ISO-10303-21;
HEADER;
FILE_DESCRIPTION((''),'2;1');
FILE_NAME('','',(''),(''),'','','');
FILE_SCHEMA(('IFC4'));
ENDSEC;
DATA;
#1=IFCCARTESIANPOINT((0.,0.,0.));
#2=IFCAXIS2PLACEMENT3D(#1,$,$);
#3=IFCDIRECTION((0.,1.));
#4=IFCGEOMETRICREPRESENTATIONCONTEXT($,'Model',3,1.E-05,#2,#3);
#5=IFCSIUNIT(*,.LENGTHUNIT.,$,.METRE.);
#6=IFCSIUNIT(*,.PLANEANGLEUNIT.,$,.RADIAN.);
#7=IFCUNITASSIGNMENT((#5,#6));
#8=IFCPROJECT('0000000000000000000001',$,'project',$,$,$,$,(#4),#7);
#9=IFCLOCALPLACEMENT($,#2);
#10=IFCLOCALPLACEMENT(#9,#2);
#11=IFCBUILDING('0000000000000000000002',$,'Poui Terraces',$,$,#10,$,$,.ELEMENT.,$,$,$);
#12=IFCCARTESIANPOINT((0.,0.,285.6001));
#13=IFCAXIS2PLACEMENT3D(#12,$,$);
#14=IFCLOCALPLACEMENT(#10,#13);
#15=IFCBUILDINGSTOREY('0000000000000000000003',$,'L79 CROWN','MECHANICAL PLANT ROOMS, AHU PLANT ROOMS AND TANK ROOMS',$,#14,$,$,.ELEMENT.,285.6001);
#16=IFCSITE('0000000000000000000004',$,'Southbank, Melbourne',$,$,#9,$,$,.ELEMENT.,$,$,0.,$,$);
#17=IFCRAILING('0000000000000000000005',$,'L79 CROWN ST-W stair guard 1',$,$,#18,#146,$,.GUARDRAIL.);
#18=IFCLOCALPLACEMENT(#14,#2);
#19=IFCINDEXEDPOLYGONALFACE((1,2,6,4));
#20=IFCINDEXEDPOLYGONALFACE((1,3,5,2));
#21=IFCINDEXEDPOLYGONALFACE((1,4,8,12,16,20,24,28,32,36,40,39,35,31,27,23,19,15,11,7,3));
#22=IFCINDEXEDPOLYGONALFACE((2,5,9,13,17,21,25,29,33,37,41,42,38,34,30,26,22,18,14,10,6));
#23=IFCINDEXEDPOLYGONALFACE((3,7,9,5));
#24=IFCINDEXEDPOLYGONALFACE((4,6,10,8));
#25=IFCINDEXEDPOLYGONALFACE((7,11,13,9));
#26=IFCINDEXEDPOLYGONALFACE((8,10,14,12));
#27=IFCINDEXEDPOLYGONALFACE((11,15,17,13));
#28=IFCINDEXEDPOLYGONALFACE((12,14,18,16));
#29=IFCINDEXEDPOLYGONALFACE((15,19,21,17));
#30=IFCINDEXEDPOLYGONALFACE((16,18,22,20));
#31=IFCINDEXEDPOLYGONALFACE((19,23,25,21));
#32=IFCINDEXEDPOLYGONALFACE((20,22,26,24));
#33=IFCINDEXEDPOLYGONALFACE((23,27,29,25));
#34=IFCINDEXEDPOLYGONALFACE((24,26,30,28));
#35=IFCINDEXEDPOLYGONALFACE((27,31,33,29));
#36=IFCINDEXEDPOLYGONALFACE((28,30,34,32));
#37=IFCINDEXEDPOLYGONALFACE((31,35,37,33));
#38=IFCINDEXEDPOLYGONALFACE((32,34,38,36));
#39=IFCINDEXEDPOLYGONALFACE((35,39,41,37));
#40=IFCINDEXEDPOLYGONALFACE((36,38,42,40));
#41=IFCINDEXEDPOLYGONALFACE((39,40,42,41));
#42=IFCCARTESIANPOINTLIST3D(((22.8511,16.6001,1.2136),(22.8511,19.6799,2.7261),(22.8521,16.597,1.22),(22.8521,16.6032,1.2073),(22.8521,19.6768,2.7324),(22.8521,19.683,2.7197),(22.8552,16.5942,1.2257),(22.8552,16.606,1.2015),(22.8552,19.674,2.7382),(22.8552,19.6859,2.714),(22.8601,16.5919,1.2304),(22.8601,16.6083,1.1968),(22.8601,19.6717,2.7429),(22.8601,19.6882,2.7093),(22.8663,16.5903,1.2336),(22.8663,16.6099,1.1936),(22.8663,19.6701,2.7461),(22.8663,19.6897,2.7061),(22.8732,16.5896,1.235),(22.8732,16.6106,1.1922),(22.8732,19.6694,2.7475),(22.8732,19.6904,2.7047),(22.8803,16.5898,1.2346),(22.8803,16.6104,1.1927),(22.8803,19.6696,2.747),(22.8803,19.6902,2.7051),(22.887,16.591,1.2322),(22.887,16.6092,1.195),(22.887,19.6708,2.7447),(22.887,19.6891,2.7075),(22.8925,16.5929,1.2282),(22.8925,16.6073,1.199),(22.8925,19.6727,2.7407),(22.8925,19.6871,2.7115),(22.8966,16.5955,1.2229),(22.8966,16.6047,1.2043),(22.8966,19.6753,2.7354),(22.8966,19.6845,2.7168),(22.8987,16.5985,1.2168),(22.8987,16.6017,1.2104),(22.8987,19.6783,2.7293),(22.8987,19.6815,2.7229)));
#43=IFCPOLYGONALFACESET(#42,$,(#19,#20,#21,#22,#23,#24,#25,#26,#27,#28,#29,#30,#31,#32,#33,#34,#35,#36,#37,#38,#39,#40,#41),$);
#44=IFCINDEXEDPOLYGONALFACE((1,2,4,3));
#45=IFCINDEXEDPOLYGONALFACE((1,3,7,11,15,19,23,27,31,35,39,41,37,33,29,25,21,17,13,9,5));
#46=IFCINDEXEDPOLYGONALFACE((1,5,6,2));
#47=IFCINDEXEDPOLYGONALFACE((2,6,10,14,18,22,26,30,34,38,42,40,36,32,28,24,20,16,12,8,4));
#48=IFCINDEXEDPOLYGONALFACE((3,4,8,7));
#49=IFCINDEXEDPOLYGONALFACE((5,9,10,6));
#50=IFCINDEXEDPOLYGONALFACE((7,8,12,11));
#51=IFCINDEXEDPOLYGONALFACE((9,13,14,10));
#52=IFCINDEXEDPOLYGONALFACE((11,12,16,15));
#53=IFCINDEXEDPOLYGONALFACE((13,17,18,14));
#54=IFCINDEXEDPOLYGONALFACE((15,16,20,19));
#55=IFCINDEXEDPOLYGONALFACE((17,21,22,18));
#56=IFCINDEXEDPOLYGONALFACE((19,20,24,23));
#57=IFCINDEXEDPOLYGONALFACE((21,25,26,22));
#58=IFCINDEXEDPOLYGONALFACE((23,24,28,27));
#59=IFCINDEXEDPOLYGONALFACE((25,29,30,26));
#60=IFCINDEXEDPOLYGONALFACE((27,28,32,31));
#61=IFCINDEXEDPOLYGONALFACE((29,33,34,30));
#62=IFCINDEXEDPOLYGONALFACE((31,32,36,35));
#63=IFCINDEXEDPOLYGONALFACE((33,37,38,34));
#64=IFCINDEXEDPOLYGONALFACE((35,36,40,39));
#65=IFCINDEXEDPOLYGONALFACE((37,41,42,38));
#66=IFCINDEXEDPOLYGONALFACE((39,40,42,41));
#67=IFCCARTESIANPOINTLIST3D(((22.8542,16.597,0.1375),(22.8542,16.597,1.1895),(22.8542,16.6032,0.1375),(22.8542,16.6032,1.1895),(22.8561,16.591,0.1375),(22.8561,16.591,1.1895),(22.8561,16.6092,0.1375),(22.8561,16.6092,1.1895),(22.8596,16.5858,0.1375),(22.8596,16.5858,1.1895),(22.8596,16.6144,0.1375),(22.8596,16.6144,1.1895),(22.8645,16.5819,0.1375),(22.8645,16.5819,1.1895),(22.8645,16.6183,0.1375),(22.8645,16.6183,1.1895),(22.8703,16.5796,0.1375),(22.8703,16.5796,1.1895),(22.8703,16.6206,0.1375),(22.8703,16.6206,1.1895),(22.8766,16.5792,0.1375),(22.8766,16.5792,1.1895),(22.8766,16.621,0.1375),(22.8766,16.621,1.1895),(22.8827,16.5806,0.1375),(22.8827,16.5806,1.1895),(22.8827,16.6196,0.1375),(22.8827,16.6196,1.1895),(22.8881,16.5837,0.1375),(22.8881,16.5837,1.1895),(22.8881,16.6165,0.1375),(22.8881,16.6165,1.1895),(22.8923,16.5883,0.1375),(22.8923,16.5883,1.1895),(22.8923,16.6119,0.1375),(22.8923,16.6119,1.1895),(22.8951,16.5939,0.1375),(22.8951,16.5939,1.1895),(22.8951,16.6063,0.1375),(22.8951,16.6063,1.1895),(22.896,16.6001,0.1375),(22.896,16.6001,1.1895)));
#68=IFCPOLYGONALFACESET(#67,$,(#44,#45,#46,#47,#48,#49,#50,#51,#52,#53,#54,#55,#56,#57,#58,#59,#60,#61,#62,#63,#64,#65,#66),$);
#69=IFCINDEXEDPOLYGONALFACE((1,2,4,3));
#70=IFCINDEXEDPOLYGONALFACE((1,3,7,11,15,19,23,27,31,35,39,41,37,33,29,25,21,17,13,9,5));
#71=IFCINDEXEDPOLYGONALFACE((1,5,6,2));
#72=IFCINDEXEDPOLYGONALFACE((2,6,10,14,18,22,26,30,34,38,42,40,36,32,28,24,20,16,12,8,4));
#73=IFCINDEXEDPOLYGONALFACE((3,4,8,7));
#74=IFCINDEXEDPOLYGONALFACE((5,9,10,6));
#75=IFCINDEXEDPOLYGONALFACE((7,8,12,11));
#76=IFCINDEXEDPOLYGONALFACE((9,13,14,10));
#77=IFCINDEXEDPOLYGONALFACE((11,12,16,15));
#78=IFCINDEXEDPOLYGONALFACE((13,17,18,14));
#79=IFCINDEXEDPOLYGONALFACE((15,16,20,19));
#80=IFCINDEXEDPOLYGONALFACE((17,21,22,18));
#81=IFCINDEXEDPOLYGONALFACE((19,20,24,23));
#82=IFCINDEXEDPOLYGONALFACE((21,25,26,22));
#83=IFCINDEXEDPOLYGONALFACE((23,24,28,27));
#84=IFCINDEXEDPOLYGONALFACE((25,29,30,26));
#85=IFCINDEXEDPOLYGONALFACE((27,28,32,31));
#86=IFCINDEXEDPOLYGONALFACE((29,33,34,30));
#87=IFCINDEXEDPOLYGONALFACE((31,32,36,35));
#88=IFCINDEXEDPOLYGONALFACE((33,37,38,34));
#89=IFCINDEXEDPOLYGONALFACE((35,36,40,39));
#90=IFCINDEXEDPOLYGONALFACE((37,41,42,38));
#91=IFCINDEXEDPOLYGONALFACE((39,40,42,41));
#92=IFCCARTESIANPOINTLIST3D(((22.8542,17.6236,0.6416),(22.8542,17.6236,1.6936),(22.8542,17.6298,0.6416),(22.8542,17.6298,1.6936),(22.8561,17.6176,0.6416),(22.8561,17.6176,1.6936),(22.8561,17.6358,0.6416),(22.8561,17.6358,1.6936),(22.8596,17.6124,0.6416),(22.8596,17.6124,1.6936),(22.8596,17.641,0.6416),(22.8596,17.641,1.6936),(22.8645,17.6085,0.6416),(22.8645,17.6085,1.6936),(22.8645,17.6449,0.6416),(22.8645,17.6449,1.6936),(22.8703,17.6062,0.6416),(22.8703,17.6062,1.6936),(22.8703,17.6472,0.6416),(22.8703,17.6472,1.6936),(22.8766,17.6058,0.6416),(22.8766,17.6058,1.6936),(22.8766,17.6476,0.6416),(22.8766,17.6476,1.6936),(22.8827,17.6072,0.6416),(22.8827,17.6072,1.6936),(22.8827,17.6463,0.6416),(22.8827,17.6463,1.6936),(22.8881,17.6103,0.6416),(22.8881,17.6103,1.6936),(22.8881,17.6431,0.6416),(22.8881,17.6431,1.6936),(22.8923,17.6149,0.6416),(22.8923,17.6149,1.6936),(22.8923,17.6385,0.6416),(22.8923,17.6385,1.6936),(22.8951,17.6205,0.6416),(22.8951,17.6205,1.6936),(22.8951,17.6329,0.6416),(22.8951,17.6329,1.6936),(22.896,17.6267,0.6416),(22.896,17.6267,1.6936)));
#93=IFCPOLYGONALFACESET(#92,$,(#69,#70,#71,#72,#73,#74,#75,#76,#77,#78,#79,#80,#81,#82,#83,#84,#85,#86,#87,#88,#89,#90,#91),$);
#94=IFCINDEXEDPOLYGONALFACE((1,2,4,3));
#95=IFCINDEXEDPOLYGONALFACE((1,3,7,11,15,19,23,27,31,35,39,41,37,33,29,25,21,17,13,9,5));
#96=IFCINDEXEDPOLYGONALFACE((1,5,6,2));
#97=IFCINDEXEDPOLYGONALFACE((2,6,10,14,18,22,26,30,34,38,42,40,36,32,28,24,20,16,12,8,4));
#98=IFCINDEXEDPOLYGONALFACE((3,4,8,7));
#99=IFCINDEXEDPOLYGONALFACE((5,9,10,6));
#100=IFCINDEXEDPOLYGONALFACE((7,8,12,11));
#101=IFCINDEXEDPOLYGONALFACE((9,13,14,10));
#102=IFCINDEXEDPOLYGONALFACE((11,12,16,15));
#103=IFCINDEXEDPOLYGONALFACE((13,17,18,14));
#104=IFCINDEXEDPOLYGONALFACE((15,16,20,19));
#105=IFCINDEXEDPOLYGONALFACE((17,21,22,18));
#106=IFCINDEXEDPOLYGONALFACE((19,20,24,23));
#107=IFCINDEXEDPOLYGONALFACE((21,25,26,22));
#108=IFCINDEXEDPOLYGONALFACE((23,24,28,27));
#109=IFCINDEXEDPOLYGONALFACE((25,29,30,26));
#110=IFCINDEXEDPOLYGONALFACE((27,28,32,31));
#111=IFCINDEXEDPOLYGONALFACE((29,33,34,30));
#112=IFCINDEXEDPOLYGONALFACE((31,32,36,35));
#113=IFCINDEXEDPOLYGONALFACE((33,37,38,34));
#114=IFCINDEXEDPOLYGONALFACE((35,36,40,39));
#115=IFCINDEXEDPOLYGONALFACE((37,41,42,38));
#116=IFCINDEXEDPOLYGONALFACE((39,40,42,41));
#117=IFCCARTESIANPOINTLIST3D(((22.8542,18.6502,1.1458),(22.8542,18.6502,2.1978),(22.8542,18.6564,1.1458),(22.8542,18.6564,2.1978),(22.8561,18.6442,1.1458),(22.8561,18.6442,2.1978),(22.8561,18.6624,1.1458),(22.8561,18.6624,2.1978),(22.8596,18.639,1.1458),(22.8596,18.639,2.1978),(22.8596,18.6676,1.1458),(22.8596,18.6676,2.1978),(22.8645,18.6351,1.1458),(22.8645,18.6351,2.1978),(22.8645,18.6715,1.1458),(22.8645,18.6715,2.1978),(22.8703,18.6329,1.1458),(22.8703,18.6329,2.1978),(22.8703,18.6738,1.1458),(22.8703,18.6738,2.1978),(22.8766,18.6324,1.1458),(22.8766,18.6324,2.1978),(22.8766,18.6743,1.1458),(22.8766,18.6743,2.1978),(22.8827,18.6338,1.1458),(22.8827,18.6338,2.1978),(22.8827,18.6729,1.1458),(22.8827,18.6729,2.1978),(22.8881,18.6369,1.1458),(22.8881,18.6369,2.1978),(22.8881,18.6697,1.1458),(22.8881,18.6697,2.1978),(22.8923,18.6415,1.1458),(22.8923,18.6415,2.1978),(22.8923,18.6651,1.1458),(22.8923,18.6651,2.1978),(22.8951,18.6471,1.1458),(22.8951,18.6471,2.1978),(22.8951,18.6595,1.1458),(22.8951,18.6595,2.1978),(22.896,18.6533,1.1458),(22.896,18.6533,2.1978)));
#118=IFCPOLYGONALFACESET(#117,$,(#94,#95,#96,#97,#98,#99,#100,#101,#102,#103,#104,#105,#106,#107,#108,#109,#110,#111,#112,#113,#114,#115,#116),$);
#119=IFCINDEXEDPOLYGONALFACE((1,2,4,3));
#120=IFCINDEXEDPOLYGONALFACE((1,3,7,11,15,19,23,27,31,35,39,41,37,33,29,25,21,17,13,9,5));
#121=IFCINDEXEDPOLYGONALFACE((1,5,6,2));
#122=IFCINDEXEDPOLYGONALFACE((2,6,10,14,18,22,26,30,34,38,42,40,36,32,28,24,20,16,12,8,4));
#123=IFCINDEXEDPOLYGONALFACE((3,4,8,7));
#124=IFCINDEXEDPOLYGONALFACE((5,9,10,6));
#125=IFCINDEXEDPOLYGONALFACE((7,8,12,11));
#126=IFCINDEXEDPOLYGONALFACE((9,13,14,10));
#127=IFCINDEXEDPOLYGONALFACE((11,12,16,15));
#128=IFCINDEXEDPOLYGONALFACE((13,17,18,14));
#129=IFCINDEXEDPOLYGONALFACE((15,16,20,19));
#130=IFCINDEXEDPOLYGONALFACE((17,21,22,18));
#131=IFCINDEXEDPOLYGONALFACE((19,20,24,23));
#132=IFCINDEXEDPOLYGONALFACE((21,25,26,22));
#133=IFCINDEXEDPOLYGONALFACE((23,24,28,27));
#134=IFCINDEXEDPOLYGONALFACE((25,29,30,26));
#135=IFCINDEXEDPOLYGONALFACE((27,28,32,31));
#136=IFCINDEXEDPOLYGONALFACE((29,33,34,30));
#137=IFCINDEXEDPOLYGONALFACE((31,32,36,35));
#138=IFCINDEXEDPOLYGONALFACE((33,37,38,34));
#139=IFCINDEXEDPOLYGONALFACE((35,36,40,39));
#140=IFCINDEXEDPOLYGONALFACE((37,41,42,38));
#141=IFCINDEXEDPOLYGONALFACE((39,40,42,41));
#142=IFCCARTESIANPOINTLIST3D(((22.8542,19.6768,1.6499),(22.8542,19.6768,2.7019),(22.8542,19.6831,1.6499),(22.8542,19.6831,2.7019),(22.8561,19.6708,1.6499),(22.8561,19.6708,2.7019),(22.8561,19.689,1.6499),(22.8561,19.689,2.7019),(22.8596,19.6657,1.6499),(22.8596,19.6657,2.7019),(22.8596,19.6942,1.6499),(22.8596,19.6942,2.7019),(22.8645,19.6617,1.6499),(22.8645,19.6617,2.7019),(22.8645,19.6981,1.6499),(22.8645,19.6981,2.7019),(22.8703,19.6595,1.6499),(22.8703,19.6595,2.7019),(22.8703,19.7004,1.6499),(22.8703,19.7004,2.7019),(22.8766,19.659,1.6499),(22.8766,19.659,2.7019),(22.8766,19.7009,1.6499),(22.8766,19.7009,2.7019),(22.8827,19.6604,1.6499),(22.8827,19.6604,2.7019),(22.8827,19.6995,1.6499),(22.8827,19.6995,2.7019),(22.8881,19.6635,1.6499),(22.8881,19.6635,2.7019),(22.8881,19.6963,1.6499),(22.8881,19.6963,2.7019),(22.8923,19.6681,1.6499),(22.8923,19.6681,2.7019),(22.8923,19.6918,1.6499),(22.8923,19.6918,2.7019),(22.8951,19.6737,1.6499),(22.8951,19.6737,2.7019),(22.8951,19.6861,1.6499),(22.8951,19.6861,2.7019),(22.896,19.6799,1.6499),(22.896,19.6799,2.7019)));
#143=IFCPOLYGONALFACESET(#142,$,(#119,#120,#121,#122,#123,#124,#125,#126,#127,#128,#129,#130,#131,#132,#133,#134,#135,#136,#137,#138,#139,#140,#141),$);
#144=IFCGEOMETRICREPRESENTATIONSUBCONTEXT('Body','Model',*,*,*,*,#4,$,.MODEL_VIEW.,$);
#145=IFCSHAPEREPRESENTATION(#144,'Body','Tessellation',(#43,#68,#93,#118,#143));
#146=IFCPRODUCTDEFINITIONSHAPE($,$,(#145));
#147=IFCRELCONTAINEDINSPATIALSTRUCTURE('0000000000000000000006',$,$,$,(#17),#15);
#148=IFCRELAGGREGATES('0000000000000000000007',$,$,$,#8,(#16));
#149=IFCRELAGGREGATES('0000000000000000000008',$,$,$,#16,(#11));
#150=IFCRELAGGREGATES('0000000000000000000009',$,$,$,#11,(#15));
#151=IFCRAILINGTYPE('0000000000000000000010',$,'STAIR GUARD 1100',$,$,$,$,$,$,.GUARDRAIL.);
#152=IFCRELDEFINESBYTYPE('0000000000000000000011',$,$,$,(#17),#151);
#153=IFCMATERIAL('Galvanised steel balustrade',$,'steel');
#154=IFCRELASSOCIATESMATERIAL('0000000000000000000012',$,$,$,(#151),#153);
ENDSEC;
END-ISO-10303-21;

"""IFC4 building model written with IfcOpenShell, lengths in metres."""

from ifc_helpers import new_model, si_unit, direction, frame, origin, origin_2d, place, context, subcontext, project, spatial, circle, extrude, material, type_object, element, save


model = new_model("IFC4")

# Units and contexts
model_context = context("Model", 3, precision=1e-05, world=origin(), true_north=direction((0.0, 1.0)))
body_context = subcontext(model_context, "Body", "Model", "MODEL_VIEW")
ifc_project = project(units=[si_unit("LENGTHUNIT", "METRE"), si_unit("PLANEANGLEUNIT", "RADIAN")], contexts=[model_context])

# Site, building, storey
site_placement = place(None, origin())
site = spatial("IfcSite", under=ifc_project, at=site_placement, Name="Southbank, Melbourne", CompositionType="ELEMENT", RefElevation=0.0)
building_placement = place(site_placement, origin())
building = spatial("IfcBuilding", under=site, at=building_placement, Name="Poui Terraces", CompositionType="ELEMENT")
storey_placement = place(building_placement, frame((0.0, 0.0, 285.6001)))
storey = spatial("IfcBuildingStorey", under=building, at=storey_placement, Name="L79 CROWN", Description="MECHANICAL PLANT ROOMS, AHU PLANT ROOMS AND TANK ROOMS", CompositionType="ELEMENT", Elevation=285.6001)

# Railing
ifc_material_1 = material(Name="Galvanised steel balustrade", Category="steel")
railing_type_1 = type_object("IfcRailingType", Name="STAIR GUARD 1100", PredefinedType="GUARDRAIL", material=ifc_material_1)
railing_1_placement = place(storey_placement, frame((22.875, 16.6001, 0.1375)))
element("IfcRailing", 1, at=railing_1_placement, inside=storey, type_object=railing_type_1, Name="L79 CROWN ST-W stair guard 1", PredefinedType="GUARDRAIL", context=body_context, shape_type="SweptSolid", body=[
    extrude(circle(Radius=0.0239, at=origin_2d()), frame((0.0, 0.0, 1.0762), z_axis=(0.0, 0.897606, 0.440798), x_axis=(-1.0, 0.0, 0.0)), (0.0, 0.0, 1.0), 3.4312),
    extrude(circle(Radius=0.021, at=origin_2d()), origin(), (0.0, 0.0, 1.0), 1.052),
    extrude(circle(Radius=0.021, at=origin_2d()), frame((0.0, 1.0266, 0.5042)), (0.0, 0.0, 1.0), 1.052),
    extrude(circle(Radius=0.021, at=origin_2d()), frame((0.0, 2.0532, 1.0083)), (0.0, 0.0, 1.0), 1.052),
    extrude(circle(Radius=0.021, at=origin_2d()), frame((0.0, 3.0798, 1.5125)), (0.0, 0.0, 1.0), 1.052),
])

save(model, "model.ifc")
